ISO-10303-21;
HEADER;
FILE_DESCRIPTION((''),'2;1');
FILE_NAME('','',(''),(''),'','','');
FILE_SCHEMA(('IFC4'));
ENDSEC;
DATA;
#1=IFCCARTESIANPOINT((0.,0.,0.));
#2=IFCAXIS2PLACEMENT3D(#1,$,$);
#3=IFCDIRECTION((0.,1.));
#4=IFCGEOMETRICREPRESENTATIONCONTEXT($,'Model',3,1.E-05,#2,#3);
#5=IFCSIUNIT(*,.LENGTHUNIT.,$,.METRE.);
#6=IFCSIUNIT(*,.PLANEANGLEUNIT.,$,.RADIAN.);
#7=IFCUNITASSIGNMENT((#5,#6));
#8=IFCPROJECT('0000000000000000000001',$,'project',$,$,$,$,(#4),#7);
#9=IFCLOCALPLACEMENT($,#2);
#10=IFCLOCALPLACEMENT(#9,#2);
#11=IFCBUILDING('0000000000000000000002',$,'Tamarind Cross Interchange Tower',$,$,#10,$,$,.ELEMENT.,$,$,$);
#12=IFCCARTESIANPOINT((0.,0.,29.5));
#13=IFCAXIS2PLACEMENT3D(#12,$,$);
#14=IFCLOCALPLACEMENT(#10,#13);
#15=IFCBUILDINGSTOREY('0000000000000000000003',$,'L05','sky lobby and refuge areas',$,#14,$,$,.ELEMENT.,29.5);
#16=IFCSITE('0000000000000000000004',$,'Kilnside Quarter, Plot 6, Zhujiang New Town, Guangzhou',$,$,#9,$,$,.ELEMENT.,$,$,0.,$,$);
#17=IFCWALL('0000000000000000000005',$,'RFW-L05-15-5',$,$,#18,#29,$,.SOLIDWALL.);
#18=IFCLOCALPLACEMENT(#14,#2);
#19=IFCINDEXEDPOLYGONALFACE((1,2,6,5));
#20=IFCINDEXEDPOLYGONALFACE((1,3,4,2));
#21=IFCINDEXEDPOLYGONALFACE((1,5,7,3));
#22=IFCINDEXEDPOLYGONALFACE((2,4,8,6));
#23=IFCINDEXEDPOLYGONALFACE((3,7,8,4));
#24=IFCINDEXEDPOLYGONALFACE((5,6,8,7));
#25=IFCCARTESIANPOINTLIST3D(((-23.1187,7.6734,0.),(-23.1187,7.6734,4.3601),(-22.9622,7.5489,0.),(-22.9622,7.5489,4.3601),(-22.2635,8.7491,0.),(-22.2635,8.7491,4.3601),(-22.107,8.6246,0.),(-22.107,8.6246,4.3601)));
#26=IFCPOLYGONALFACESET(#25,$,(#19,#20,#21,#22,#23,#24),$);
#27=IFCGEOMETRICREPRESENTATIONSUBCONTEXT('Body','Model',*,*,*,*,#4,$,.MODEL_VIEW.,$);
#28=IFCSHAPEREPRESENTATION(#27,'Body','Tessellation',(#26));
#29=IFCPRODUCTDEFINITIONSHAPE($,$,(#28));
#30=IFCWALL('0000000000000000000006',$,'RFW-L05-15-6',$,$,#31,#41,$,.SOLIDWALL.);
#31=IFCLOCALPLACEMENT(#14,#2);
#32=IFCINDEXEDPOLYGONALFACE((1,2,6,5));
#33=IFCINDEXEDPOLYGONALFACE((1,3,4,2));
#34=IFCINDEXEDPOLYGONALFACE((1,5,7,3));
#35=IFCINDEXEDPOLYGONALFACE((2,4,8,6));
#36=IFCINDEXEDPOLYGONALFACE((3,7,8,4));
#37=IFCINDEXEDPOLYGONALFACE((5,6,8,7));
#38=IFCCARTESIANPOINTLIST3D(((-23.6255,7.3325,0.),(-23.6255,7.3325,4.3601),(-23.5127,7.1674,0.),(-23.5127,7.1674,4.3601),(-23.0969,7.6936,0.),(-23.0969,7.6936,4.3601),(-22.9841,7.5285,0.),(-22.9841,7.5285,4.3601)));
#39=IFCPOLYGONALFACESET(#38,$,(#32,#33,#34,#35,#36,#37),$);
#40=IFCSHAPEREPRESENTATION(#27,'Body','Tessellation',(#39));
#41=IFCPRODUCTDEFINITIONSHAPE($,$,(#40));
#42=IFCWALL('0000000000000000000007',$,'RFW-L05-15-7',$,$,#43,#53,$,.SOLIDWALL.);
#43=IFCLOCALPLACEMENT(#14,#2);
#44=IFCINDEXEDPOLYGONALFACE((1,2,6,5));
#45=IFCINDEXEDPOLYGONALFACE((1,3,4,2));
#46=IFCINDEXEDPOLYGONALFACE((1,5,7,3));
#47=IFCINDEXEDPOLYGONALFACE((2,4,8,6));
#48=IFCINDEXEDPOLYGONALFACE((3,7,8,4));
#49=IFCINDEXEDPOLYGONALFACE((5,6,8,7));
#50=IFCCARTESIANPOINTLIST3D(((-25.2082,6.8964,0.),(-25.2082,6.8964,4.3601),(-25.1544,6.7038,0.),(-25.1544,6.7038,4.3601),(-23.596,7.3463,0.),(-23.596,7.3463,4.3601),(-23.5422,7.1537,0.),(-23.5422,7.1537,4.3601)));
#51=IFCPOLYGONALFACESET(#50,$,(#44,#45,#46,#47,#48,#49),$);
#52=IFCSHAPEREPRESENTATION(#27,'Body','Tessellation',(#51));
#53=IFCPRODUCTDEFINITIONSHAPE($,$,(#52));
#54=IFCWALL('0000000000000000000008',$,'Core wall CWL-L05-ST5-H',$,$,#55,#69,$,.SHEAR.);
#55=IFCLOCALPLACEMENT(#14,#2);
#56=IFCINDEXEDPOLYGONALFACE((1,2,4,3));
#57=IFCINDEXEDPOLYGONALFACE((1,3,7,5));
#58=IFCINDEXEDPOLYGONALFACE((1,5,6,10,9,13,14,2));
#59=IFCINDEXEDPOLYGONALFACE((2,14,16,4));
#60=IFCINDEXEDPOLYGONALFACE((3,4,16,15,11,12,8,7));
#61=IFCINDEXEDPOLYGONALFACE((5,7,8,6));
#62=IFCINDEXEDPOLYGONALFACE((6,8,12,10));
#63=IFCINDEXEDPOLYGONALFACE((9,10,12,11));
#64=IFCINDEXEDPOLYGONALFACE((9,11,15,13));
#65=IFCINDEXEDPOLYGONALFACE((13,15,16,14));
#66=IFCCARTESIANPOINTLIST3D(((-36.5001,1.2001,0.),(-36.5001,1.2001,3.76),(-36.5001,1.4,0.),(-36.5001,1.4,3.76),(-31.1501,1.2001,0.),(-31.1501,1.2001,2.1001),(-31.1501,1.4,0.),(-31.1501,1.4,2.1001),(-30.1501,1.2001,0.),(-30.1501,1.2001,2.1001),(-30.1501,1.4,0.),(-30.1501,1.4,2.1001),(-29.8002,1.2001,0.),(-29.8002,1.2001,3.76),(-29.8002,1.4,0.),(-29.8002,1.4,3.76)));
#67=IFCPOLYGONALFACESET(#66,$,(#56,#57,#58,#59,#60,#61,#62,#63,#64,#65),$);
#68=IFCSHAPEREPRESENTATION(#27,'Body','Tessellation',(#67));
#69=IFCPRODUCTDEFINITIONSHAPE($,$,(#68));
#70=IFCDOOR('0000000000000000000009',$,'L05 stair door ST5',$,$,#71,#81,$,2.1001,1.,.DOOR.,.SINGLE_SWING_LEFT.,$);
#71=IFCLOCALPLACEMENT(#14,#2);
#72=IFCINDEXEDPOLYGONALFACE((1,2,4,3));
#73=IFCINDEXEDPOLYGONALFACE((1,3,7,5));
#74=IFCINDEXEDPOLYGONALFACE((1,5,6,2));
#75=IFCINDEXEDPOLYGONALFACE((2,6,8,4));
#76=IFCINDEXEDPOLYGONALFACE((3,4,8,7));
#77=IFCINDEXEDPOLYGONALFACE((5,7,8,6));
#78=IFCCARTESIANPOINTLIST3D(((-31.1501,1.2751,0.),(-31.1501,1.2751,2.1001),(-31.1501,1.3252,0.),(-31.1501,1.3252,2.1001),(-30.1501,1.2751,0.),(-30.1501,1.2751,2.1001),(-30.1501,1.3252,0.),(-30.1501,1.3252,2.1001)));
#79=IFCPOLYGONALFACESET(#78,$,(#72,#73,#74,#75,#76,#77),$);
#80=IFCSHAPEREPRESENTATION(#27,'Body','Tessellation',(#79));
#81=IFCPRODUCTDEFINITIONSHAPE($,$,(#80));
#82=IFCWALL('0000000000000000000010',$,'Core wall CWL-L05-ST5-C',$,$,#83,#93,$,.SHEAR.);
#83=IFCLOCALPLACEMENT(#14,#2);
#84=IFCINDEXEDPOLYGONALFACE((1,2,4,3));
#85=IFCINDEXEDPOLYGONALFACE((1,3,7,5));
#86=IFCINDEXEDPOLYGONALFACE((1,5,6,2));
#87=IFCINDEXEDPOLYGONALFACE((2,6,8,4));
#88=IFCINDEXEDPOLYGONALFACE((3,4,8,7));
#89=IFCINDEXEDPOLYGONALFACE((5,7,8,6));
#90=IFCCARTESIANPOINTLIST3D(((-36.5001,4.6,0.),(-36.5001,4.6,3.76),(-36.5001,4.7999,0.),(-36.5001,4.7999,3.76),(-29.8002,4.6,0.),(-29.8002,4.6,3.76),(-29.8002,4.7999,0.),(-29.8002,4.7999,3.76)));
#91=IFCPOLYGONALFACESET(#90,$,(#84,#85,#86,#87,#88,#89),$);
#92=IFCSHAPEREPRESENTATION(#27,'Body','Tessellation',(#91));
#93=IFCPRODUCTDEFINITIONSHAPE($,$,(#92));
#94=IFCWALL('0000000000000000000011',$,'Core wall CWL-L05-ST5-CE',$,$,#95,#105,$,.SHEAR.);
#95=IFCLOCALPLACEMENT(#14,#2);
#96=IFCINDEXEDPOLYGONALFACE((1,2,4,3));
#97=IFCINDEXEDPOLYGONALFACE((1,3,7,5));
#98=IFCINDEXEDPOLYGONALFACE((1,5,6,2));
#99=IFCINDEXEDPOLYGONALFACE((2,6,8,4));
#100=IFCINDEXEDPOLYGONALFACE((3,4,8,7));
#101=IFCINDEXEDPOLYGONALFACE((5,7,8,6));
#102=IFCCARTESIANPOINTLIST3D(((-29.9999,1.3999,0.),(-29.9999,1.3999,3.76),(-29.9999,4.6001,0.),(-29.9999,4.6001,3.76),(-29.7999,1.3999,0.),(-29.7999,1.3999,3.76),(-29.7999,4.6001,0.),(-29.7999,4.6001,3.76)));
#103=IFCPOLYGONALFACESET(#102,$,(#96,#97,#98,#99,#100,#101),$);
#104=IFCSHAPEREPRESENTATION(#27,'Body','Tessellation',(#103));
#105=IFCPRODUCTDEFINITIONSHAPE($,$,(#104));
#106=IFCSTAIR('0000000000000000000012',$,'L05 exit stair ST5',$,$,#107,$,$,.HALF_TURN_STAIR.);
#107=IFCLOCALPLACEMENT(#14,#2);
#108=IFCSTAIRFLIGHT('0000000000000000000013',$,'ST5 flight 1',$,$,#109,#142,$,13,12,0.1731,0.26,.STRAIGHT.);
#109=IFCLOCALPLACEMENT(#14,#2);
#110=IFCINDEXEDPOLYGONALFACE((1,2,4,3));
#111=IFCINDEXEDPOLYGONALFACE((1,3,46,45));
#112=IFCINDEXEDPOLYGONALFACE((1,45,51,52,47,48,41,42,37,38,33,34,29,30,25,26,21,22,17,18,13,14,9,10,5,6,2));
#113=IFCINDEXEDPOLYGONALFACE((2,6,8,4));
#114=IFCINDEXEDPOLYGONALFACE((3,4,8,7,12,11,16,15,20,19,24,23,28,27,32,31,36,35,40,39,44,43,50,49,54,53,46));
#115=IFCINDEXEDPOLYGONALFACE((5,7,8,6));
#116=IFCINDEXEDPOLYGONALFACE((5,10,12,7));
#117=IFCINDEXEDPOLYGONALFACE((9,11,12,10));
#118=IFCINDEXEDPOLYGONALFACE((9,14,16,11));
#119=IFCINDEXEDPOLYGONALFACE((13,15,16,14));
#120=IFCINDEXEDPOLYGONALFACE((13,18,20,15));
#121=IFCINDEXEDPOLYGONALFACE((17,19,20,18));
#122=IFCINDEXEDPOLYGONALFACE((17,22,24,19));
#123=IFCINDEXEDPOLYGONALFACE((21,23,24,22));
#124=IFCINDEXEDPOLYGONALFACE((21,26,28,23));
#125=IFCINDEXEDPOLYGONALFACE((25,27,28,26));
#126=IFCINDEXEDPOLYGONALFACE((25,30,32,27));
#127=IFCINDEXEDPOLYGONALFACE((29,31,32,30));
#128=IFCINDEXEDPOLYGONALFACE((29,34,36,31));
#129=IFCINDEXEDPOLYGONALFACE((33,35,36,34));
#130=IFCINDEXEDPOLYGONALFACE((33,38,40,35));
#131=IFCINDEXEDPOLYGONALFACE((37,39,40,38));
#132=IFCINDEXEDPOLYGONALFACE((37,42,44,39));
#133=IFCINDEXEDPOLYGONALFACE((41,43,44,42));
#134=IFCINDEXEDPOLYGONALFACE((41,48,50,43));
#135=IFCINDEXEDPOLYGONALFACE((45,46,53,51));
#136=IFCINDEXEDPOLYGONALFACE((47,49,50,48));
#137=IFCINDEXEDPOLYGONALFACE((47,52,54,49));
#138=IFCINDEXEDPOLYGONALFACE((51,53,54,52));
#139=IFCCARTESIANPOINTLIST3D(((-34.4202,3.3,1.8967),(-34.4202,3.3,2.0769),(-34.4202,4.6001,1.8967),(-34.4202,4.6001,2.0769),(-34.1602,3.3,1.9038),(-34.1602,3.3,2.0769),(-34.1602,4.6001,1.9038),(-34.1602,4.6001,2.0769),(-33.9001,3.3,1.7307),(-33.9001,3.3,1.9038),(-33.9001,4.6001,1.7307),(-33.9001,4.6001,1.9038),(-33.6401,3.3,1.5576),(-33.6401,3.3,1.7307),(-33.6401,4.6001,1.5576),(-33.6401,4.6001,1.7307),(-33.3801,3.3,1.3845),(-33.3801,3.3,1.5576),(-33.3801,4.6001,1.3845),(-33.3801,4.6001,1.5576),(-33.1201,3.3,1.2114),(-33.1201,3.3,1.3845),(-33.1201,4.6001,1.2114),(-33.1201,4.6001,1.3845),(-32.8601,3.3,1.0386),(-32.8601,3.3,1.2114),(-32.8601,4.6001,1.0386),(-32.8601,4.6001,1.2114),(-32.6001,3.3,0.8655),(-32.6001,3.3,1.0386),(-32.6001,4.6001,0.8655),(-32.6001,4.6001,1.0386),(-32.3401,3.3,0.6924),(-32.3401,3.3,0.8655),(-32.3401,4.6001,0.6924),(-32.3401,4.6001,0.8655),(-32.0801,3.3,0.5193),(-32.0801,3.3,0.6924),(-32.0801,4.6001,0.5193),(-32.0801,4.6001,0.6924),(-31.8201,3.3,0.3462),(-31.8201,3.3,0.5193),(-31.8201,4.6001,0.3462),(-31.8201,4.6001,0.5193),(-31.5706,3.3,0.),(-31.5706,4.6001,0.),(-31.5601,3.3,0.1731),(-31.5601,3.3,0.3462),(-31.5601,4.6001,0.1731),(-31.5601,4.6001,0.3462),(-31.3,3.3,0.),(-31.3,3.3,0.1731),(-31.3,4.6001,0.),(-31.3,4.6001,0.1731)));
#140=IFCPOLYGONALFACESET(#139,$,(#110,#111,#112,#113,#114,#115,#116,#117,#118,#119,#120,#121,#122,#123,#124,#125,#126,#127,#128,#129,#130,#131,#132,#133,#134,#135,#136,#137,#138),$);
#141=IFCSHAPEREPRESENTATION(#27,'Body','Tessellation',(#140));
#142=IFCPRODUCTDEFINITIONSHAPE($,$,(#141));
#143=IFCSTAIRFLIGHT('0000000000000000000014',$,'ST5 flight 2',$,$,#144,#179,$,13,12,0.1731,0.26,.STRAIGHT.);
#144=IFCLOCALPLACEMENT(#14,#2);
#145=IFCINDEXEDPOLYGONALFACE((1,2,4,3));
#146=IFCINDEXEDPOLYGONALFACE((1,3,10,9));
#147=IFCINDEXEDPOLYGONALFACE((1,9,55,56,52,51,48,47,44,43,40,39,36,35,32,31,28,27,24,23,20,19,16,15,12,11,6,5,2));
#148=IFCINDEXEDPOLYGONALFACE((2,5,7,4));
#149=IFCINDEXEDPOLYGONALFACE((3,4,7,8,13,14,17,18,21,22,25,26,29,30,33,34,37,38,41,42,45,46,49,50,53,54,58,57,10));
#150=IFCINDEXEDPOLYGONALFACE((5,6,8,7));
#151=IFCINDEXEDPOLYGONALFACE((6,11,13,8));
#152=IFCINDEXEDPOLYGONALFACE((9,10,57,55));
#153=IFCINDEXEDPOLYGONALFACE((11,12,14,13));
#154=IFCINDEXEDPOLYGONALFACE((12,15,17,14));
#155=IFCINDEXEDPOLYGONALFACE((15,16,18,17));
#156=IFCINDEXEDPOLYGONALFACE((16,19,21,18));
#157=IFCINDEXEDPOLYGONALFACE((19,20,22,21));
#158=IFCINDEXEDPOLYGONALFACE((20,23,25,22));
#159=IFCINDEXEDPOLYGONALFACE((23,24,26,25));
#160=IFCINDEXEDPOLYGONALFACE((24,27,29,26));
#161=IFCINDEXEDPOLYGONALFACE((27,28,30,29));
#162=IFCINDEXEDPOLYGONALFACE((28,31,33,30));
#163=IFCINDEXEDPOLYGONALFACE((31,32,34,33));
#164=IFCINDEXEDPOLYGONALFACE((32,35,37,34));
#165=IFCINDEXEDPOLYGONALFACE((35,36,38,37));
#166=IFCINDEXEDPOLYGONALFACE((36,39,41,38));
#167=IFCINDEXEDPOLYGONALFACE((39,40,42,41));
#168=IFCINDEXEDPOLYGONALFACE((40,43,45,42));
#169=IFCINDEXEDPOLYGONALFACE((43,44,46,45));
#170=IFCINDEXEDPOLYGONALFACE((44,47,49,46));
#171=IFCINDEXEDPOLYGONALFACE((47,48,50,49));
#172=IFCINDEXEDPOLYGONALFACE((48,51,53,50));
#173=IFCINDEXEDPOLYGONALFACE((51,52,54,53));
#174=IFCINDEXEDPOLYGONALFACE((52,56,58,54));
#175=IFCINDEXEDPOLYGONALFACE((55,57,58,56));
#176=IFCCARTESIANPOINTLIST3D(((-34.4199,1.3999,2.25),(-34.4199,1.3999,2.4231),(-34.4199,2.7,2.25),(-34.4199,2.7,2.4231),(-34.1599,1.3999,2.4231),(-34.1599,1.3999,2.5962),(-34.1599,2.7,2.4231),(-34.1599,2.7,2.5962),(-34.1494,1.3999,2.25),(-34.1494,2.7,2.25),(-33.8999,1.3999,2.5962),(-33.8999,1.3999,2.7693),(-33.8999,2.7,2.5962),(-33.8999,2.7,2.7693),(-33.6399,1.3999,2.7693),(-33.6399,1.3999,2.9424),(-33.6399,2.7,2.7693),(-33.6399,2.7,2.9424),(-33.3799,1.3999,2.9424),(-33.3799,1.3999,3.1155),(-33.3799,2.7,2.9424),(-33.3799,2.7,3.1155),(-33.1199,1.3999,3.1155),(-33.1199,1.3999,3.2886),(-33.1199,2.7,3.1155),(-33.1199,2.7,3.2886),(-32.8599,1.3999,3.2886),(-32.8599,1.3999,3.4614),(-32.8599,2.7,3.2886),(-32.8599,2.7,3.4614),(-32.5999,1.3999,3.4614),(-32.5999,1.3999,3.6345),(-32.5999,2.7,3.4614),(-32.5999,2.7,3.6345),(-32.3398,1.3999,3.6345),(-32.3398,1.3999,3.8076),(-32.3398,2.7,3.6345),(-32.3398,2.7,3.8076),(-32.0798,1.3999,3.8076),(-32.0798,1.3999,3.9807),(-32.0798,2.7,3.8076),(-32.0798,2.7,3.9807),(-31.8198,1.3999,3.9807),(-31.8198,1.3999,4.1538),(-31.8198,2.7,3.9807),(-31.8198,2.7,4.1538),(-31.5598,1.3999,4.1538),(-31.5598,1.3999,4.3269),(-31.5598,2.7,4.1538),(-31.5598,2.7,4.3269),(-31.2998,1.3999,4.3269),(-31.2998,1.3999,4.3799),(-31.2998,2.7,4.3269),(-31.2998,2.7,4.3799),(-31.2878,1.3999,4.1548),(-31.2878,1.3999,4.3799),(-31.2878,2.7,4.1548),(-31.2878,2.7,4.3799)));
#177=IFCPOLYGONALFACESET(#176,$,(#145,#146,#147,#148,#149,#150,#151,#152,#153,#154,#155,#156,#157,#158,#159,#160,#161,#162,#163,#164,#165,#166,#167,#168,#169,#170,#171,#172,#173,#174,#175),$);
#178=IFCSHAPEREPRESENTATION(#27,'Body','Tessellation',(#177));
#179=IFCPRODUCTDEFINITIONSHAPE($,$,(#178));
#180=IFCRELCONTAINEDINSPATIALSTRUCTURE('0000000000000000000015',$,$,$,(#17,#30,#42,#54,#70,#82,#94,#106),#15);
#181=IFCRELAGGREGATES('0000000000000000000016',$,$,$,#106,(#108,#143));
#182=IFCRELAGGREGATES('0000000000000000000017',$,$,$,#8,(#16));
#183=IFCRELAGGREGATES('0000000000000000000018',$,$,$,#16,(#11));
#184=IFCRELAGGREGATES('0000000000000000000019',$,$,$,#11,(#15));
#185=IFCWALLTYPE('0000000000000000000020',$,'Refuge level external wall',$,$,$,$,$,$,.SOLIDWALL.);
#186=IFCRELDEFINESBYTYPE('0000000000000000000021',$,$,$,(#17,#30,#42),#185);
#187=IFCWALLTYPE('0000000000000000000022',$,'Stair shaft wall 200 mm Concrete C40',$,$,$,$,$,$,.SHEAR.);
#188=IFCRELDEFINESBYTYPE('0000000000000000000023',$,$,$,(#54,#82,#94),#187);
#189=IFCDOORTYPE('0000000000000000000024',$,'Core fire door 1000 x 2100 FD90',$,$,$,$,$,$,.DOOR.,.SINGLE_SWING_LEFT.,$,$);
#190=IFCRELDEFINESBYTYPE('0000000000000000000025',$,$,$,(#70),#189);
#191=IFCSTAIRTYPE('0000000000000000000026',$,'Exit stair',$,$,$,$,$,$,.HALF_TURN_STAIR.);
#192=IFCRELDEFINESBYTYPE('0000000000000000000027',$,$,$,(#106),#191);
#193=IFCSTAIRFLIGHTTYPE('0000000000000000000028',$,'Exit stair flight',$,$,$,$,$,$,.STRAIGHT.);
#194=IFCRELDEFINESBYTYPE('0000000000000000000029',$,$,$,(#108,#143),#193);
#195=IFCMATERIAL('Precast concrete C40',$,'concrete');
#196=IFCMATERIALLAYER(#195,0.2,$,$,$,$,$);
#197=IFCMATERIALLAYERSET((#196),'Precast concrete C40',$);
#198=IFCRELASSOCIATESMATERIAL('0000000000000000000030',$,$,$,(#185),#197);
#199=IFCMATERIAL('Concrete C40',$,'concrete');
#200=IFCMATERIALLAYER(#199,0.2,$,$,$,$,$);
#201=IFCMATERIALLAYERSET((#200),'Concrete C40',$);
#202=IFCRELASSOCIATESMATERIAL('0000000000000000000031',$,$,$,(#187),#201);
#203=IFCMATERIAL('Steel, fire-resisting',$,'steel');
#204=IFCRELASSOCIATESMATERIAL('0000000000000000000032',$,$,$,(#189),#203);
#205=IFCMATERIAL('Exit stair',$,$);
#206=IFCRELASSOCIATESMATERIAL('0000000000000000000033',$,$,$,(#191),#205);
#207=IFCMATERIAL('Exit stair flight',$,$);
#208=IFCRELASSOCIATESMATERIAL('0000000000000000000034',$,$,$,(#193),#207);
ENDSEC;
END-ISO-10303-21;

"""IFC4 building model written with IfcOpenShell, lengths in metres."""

from ifc_helpers import new_model, si_unit, direction, frame, frame_2d, origin, place, context, subcontext, project, spatial, polyline, rectangle, outline, extrude, material, layer, layer_set, type_object, element, fill, aggregate, save


model = new_model("IFC4")

# Units and contexts
model_context = context("Model", 3, precision=1e-05, world=origin(), true_north=direction((0.0, 1.0)))
body_context = subcontext(model_context, "Body", "Model", "MODEL_VIEW")
ifc_project = project(units=[si_unit("LENGTHUNIT", "METRE"), si_unit("PLANEANGLEUNIT", "RADIAN")], contexts=[model_context])

# Site, building, storey
site_placement = place(None, origin())
site = spatial("IfcSite", under=ifc_project, at=site_placement, Name="Kilnside Quarter, Plot 6, Zhujiang New Town, Guangzhou", CompositionType="ELEMENT", RefElevation=0.0)
building_placement = place(site_placement, origin())
building = spatial("IfcBuilding", under=site, at=building_placement, Name="Tamarind Cross Interchange Tower", CompositionType="ELEMENT")
storey_placement = place(building_placement, frame((0.0, 0.0, 29.5)))
storey = spatial("IfcBuildingStorey", under=building, at=storey_placement, Name="L05", Description="sky lobby and refuge areas", CompositionType="ELEMENT", Elevation=29.5)

# Shared definitions
ifc_material_1 = material(Name="Precast concrete C40", Category="concrete")
ifc_layer_1 = layer(ifc_material_1, 0.2)
ifc_layer_set_1 = layer_set([ifc_layer_1], Name="Precast concrete C40")
wall_type_1 = type_object("IfcWallType", Name="Refuge level external wall", PredefinedType="SOLIDWALL", material=ifc_layer_set_1)

# Walls
wall_1_placement = place(storey_placement, frame((-22.1853, 8.6868, 0.0), z_axis=(0.0, 0.0, 1.0), x_axis=(-0.622331, -0.782754, 0.0)))
element("IfcWall", 1, at=wall_1_placement, inside=storey, type_object=wall_type_1, Name="RFW-L05-15-5", PredefinedType="SOLIDWALL", context=body_context, shape_type="SweptSolid", body=[
    extrude(rectangle(XDim=1.3743, YDim=0.2, at=frame_2d((0.687, 0.0))), origin(), (0.0, 0.0, 1.0), 4.3601),
])
wall_2_placement = place(storey_placement, frame((-23.0405, 7.6111, 0.0), z_axis=(0.0, 0.0, 1.0), x_axis=(-0.825719, -0.564082, 0.0)))
element("IfcWall", 2, at=wall_2_placement, inside=storey, type_object=wall_type_1, Name="RFW-L05-15-6", PredefinedType="SOLIDWALL", context=body_context, shape_type="SweptSolid", body=[
    extrude(rectangle(XDim=0.6401, YDim=0.2, at=frame_2d((0.3201, 0.0))), origin(), (0.0, 0.0, 1.0), 4.3601),
])
wall_3_placement = place(storey_placement, frame((-23.5691, 7.25, 0.0), z_axis=(0.0, 0.0, 1.0), x_axis=(-0.963195, -0.268802, 0.0)))
element("IfcWall", 3, at=wall_3_placement, inside=storey, type_object=wall_type_1, Name="RFW-L05-15-7", PredefinedType="SOLIDWALL", context=body_context, shape_type="SweptSolid", body=[
    extrude(rectangle(XDim=1.6738, YDim=0.2, at=frame_2d((0.8369, 0.0))), origin(), (0.0, 0.0, 1.0), 4.3601),
])

# Wall, opening, door
ifc_material_2 = material(Name="Concrete C40", Category="concrete")
ifc_layer_2 = layer(ifc_material_2, 0.2)
ifc_layer_set_2 = layer_set([ifc_layer_2], Name="Concrete C40")
wall_type_2 = type_object("IfcWallType", Name="Stair shaft wall 200 mm Concrete C40", PredefinedType="SHEAR", material=ifc_layer_set_2)
wall_4_placement = place(storey_placement, frame((-29.8, 1.3, 0.0), z_axis=(0.0, 0.0, 1.0), x_axis=(-1.0, 0.0, 0.0)))
wall_4 = element("IfcWall", 4, at=wall_4_placement, inside=storey, type_object=wall_type_2, Name="Core wall CWL-L05-ST5-H", PredefinedType="SHEAR", context=body_context, shape_type="SweptSolid", body=[
    extrude(rectangle(XDim=6.7, YDim=0.2, at=frame_2d((3.3501, 0.0))), origin(), (0.0, 0.0, 1.0), 3.76),
])
opening_1_placement = place(wall_4_placement, frame((0.3501, 0.0, 0.0)))
opening_1 = element("IfcOpeningElement", 5, at=opening_1_placement, cuts=wall_4, PredefinedType="OPENING", context=body_context, shape_type="SweptSolid", body=[
    extrude(rectangle(XDim=1.0, YDim=2.1001, at=frame_2d((0.5, 1.05))), frame((0.0, 0.1099, 0.0), z_axis=(0.0, -1.0, 0.0), x_axis=(1.0, 0.0, 0.0)), (0.0, 0.0, 1.0), 0.22),
])
ifc_material_3 = material(Name="Steel, fire-resisting", Category="steel")
door_type_1 = type_object("IfcDoorType", Name="Core fire door 1000 x 2100 FD90", OperationType="SINGLE_SWING_LEFT", PredefinedType="DOOR", material=ifc_material_3)
door_1_placement = place(opening_1_placement, origin())
door_1 = element("IfcDoor", 6, at=door_1_placement, inside=storey, type_object=door_type_1, Name="L05 stair door ST5", OperationType="SINGLE_SWING_LEFT", OverallHeight=2.1001, OverallWidth=1.0, PredefinedType="DOOR", context=body_context, shape_type="SweptSolid", body=[
    extrude(rectangle(XDim=1.0, YDim=2.1001, at=frame_2d((0.5, 1.05))), frame((0.0, 0.0249, 0.0), z_axis=(0.0, -1.0, 0.0), x_axis=(1.0, 0.0, 0.0)), (0.0, 0.0, 1.0), 0.05),
])
fill(opening_1, door_1)

# Walls
wall_5_placement = place(storey_placement, frame((-29.8, 4.7, 0.0), z_axis=(0.0, 0.0, 1.0), x_axis=(-1.0, 0.0, 0.0)))
element("IfcWall", 7, at=wall_5_placement, inside=storey, type_object=wall_type_2, Name="Core wall CWL-L05-ST5-C", PredefinedType="SHEAR", context=body_context, shape_type="SweptSolid", body=[
    extrude(rectangle(XDim=6.7, YDim=0.2, at=frame_2d((3.3501, 0.0))), origin(), (0.0, 0.0, 1.0), 3.76),
])
wall_6_placement = place(storey_placement, frame((-29.8999, 4.6001, 0.0), z_axis=(0.0, 0.0, 1.0), x_axis=(0.0, -1.0, 0.0)))
element("IfcWall", 8, at=wall_6_placement, inside=storey, type_object=wall_type_2, Name="Core wall CWL-L05-ST5-CE", PredefinedType="SHEAR", context=body_context, shape_type="SweptSolid", body=[
    extrude(rectangle(XDim=3.2002, YDim=0.2, at=frame_2d((1.6001, 0.0))), origin(), (0.0, 0.0, 1.0), 3.76),
])

# Stair, stair flights
ifc_material_4 = material(Name="Exit stair")
stair_type = type_object("IfcStairType", Name="Exit stair", PredefinedType="HALF_TURN_STAIR", material=ifc_material_4)
stair_placement = place(storey_placement, origin())
stair = element("IfcStair", 9, at=stair_placement, inside=storey, type_object=stair_type, Name="L05 exit stair ST5", PredefinedType="HALF_TURN_STAIR")
ifc_material_5 = material(Name="Exit stair flight")
stair_flight_type = type_object("IfcStairFlightType", Name="Exit stair flight", PredefinedType="STRAIGHT", material=ifc_material_5)
stair_flight_1_placement = place(storey_placement, frame((-31.3, 3.95, 0.0), z_axis=(0.0, 0.0, 1.0), x_axis=(-1.0, 0.0, 0.0)))
stair_flight_1 = element("IfcStairFlight", 10, at=stair_flight_1_placement, type_object=stair_flight_type, Name="ST5 flight 1", NumberOfRisers=13, NumberOfTreads=12, PredefinedType="STRAIGHT", RiserHeight=0.1731, TreadLength=0.26, context=body_context, shape_type="SweptSolid", body=[
    extrude(outline(polyline([(0.0, 0.0), (0.0, 0.1731), (0.26, 0.1731), (0.26, 0.3462), (0.52, 0.3462), (0.52, 0.5193), (0.78, 0.5193), (0.78, 0.6924), (1.04, 0.6924), (1.04, 0.8655), (1.3, 0.8655), (1.3, 1.0386), (1.5601, 1.0386), (1.5601, 1.2114), (1.8201, 1.2114), (1.8201, 1.3845), (2.0801, 1.3845), (2.0801, 1.5576), (2.3401, 1.5576), (2.3401, 1.7307), (2.6001, 1.7307), (2.6001, 1.9038), (2.8601, 1.9038), (2.8601, 2.0769), (3.1201, 2.0769), (3.1201, 2.25), (3.1201, 1.8967), (0.2705, 0.0), (0.0, 0.0)])), frame((0.0, 0.6499, 0.0), z_axis=(0.0, -1.0, 0.0), x_axis=(1.0, 0.0, 0.0)), (0.0, 0.0, 1.0), 1.3),
])
stair_flight_2_placement = place(storey_placement, frame((-34.4199, 2.05, 2.25), z_axis=(0.0, 0.0, 1.0), x_axis=(1.0, 0.0, 0.0)))
stair_flight_2 = element("IfcStairFlight", 11, at=stair_flight_2_placement, type_object=stair_flight_type, Name="ST5 flight 2", NumberOfRisers=13, NumberOfTreads=12, PredefinedType="STRAIGHT", RiserHeight=0.1731, TreadLength=0.26, context=body_context, shape_type="SweptSolid", body=[
    extrude(outline(polyline([(0.0, 0.0), (0.0, 0.1731), (0.26, 0.1731), (0.26, 0.3462), (0.52, 0.3462), (0.52, 0.5193), (0.78, 0.5193), (0.78, 0.6924), (1.04, 0.6924), (1.04, 0.8655), (1.3, 0.8655), (1.3, 1.0386), (1.5601, 1.0386), (1.5601, 1.2114), (1.8201, 1.2114), (1.8201, 1.3845), (2.0801, 1.3845), (2.0801, 1.5576), (2.3401, 1.5576), (2.3401, 1.7307), (2.6001, 1.7307), (2.6001, 1.9038), (2.8601, 1.9038), (2.8601, 2.0769), (3.1201, 2.0769), (3.1201, 2.1299), (3.1321, 2.1299), (3.1321, 1.9048), (0.2705, 0.0), (0.0, 0.0)])), frame((0.0, 0.6499, 0.0), z_axis=(0.0, -1.0, 0.0), x_axis=(1.0, 0.0, 0.0)), (0.0, 0.0, 1.0), 1.3),
])
aggregate(stair, [stair_flight_1, stair_flight_2])

save(model, "model.ifc")
